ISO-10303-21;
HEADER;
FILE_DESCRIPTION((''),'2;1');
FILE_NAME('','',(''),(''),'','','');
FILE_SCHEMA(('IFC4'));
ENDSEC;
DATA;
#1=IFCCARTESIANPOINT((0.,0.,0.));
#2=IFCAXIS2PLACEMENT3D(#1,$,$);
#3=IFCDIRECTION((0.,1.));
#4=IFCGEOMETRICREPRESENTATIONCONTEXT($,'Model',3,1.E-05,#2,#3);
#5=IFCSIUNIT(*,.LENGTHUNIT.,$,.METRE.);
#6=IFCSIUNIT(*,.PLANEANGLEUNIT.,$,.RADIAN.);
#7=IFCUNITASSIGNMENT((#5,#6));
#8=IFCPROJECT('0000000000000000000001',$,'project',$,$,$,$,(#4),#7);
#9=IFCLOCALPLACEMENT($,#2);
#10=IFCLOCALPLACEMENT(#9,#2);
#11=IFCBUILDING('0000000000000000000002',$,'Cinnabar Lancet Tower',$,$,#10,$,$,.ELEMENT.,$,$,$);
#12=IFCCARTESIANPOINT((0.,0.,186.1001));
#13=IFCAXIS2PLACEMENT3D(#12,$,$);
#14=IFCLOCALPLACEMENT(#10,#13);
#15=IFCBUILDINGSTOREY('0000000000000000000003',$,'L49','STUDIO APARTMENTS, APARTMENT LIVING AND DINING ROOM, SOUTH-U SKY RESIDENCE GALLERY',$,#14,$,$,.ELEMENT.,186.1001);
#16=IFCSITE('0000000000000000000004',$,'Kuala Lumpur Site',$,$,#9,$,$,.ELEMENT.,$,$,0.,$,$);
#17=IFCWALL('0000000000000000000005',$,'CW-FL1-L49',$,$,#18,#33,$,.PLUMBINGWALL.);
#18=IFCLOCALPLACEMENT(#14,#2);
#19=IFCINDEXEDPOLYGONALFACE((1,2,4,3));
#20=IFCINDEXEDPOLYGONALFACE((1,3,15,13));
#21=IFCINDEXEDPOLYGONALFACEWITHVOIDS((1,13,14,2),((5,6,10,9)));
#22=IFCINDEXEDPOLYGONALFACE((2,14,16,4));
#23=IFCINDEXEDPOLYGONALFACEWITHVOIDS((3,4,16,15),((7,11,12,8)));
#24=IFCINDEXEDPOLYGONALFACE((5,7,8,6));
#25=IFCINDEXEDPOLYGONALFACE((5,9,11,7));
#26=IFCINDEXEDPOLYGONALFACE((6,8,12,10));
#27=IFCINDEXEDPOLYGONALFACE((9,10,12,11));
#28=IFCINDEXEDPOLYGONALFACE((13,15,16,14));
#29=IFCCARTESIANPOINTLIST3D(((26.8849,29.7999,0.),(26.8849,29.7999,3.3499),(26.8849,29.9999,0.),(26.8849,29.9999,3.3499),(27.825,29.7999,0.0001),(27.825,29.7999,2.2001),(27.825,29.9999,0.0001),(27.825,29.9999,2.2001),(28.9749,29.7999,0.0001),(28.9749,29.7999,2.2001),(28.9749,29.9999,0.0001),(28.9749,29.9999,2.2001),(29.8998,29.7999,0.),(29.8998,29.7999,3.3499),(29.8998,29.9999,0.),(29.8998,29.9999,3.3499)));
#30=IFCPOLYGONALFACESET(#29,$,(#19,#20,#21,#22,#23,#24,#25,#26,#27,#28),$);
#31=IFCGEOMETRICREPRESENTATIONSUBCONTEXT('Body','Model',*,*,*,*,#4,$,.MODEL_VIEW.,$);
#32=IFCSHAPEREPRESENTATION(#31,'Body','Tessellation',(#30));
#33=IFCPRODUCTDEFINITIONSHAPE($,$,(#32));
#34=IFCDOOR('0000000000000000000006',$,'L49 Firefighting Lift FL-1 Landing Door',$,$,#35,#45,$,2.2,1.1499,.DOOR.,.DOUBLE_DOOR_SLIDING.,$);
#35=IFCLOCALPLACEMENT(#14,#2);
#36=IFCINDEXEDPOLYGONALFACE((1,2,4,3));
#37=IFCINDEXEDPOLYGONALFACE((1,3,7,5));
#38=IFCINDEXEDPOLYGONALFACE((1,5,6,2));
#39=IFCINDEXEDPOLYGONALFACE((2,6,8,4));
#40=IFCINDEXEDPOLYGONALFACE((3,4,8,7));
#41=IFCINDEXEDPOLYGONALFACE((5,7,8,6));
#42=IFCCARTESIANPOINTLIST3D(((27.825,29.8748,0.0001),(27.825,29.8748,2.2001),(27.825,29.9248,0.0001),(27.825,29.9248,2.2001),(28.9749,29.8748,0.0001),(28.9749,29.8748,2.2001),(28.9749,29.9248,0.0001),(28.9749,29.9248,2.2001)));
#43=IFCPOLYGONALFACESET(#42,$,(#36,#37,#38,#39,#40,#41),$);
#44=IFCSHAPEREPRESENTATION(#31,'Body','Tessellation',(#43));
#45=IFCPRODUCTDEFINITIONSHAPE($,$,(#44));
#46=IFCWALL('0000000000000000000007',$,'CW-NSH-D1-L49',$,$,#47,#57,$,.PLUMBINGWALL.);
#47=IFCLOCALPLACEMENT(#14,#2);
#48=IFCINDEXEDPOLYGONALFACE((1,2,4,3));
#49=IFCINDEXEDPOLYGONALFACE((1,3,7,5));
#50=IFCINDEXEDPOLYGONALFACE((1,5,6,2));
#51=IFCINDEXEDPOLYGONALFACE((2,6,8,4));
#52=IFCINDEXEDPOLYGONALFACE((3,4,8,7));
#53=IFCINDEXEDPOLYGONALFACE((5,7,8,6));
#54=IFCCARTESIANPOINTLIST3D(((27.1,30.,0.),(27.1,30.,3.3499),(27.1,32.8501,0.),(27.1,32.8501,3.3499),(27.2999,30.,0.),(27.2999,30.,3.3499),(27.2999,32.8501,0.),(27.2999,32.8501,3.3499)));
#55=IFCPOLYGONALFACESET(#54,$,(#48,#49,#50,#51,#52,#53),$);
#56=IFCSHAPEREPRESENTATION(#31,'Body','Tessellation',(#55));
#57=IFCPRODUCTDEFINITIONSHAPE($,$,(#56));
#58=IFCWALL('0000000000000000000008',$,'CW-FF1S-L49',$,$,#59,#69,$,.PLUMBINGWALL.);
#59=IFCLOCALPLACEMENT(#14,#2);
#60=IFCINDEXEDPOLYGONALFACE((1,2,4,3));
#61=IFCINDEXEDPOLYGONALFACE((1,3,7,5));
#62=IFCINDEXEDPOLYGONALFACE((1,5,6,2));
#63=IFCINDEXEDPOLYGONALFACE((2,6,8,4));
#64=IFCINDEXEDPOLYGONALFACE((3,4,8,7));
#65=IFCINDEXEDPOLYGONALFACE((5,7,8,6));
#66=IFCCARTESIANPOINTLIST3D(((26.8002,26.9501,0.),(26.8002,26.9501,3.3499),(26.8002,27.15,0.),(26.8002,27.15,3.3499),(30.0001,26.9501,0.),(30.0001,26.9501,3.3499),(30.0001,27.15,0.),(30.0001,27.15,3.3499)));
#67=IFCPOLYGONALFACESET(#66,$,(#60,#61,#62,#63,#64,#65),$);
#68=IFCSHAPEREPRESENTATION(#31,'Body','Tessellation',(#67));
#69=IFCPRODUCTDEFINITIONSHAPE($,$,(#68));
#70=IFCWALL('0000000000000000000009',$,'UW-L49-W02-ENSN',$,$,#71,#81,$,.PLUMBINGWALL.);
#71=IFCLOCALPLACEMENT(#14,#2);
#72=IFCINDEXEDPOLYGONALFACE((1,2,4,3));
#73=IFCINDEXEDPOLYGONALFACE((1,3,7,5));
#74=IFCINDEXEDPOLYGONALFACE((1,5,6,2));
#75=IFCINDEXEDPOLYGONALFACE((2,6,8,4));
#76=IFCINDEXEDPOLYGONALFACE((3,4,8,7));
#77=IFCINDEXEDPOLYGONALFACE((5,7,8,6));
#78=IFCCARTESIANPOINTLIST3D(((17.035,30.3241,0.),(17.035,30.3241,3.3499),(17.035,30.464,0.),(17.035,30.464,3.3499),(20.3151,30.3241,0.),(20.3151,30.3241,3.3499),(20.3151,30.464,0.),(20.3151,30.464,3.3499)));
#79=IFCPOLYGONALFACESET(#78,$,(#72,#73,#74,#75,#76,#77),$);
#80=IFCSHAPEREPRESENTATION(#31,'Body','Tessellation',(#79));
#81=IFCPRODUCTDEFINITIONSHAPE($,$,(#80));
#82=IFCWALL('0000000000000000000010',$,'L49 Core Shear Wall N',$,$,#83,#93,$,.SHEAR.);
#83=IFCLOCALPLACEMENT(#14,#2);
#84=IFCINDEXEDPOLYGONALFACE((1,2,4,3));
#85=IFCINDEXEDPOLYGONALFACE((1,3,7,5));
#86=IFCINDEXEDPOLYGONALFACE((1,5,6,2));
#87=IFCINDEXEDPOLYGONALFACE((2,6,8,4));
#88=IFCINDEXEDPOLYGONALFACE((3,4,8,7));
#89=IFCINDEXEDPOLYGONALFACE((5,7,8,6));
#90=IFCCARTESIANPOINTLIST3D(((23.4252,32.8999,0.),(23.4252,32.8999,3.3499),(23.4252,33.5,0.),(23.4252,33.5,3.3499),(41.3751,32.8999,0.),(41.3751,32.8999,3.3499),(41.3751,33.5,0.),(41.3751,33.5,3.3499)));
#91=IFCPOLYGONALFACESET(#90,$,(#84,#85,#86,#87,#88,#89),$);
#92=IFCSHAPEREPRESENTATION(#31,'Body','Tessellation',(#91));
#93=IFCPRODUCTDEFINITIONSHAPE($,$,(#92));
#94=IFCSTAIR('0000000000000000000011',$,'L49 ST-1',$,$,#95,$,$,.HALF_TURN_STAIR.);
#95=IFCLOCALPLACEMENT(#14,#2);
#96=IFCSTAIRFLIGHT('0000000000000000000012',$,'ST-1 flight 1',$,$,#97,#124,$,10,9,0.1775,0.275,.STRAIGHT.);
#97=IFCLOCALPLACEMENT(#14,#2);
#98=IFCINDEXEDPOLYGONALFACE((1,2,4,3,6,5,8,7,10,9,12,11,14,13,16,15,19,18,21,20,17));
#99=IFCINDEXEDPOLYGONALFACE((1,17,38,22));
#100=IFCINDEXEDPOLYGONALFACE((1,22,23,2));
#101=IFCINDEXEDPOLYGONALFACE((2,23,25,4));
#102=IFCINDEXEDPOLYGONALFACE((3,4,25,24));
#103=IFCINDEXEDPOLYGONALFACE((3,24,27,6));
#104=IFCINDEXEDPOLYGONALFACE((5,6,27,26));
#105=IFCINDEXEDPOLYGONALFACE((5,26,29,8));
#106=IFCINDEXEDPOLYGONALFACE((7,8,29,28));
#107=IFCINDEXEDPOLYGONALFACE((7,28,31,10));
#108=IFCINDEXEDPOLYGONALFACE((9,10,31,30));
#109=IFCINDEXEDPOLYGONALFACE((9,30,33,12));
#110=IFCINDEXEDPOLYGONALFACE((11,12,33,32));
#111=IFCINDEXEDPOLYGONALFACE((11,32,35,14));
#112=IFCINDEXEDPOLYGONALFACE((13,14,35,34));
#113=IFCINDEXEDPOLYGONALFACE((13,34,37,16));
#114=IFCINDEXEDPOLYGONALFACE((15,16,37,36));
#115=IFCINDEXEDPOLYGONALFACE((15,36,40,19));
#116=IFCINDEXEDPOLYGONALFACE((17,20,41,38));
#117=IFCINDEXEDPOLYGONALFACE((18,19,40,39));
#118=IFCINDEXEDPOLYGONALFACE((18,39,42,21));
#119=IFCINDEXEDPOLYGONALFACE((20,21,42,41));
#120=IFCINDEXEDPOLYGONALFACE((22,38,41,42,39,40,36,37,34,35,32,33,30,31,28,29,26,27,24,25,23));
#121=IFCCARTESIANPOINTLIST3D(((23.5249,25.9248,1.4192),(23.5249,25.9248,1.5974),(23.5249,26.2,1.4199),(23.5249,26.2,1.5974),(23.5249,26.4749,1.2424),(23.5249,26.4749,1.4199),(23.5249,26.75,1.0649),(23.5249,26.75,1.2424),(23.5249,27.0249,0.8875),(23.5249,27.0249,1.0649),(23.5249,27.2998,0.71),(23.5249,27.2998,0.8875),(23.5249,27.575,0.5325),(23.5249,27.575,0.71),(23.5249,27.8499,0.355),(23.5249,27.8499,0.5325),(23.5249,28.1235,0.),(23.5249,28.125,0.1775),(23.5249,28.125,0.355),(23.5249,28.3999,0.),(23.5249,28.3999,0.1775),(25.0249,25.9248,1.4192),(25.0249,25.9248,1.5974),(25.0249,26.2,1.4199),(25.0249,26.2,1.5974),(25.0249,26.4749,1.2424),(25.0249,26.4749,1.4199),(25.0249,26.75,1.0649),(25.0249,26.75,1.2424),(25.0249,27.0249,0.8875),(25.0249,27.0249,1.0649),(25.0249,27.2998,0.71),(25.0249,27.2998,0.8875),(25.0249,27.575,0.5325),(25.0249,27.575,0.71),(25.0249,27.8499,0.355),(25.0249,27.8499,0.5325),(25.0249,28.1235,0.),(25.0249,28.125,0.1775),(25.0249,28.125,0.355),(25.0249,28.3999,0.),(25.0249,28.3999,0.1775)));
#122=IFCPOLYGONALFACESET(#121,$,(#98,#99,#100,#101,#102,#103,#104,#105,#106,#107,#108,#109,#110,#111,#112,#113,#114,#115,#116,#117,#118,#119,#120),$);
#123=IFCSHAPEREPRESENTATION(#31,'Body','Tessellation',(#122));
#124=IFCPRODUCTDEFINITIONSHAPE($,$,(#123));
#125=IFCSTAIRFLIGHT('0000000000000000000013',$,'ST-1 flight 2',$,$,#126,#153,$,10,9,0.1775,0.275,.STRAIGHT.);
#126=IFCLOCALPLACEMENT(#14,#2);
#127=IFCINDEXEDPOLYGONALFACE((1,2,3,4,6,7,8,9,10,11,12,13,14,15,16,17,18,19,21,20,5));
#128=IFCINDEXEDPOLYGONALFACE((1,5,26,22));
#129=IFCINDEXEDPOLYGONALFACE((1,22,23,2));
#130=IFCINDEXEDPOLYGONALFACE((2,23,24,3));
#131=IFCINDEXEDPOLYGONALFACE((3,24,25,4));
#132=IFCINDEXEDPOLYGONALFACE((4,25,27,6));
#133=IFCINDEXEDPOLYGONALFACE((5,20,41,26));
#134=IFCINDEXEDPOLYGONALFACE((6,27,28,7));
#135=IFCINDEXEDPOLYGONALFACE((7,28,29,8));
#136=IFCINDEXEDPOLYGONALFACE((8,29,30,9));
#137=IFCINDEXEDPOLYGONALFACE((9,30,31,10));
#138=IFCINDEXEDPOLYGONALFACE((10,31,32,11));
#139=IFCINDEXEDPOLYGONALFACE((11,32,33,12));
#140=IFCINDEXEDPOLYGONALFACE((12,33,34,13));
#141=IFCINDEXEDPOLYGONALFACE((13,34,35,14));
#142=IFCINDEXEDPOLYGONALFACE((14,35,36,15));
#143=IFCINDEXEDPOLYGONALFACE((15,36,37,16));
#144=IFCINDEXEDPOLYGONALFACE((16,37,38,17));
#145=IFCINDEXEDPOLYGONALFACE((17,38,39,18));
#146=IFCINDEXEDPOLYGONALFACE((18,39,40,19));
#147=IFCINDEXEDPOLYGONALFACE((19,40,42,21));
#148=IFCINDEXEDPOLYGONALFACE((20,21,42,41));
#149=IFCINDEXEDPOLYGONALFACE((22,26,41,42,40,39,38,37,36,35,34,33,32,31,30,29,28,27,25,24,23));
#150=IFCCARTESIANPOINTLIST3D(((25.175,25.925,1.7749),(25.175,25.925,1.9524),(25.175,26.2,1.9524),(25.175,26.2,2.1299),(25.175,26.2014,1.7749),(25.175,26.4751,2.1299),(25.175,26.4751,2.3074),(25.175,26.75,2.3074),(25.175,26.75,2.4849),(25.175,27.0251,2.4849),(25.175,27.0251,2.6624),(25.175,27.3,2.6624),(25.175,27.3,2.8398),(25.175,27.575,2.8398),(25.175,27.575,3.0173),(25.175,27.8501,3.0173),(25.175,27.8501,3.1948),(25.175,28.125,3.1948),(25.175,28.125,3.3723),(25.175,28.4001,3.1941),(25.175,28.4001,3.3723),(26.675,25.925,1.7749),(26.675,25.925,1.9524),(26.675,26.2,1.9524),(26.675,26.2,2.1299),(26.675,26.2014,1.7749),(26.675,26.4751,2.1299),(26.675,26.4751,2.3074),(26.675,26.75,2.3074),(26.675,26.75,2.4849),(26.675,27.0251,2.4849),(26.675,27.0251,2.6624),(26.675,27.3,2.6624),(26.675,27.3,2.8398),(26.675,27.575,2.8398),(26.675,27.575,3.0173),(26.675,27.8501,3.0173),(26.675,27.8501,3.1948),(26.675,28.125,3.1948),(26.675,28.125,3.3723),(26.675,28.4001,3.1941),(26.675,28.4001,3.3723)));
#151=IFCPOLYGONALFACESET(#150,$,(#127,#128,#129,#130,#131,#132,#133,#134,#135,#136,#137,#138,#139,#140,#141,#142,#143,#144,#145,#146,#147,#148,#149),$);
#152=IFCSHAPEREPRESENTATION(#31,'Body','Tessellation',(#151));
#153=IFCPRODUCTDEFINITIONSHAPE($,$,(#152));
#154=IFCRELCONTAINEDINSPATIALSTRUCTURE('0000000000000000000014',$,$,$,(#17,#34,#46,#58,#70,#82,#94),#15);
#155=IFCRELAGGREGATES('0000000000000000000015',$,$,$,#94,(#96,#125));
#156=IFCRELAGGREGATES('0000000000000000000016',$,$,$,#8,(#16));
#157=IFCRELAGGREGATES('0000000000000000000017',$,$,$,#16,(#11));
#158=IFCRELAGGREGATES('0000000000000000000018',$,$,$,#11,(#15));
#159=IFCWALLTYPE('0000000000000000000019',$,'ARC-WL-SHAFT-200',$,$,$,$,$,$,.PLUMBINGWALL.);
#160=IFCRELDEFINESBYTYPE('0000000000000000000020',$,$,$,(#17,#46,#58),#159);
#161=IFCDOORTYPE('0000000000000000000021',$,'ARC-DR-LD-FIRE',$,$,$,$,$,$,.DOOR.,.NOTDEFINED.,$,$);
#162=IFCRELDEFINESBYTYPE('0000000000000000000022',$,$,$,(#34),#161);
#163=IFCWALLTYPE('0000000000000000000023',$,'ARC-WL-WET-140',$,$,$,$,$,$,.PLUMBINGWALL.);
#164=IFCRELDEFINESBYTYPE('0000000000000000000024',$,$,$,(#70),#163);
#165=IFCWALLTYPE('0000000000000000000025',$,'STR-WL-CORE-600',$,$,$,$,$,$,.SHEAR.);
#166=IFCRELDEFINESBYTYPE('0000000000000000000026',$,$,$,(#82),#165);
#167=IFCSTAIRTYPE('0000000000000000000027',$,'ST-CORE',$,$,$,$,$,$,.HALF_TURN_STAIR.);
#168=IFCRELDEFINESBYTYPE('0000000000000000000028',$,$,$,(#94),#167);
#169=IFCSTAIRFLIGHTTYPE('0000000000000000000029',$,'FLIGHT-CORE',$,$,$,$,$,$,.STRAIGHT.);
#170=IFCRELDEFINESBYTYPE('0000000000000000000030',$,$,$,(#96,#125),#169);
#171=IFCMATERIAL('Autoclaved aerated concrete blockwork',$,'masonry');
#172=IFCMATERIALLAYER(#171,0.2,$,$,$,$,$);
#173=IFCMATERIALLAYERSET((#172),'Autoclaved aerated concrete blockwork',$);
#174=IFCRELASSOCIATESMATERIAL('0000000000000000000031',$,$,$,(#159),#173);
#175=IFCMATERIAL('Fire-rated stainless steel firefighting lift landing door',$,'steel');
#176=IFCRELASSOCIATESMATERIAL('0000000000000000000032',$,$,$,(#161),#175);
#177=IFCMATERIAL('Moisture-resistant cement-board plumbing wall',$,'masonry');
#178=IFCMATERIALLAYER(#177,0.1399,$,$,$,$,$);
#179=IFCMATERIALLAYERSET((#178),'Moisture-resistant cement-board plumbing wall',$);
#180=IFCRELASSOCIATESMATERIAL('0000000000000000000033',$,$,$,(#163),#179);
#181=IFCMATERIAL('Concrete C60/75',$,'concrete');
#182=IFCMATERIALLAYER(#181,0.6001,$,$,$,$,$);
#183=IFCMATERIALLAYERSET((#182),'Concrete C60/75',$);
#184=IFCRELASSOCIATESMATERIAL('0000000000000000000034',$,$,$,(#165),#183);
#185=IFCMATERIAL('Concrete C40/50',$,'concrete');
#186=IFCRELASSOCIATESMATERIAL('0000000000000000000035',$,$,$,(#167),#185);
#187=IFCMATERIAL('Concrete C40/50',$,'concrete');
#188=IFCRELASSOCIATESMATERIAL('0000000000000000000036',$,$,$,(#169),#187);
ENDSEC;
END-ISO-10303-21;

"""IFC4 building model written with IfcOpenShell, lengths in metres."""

from ifc_helpers import new_model, si_unit, direction, frame, frame_2d, origin, place, context, subcontext, project, spatial, polyline, rectangle, outline, extrude, material, layer, layer_set, type_object, element, fill, aggregate, save


model = new_model("IFC4")

# Units and contexts
model_context = context("Model", 3, precision=1e-05, world=origin(), true_north=direction((0.0, 1.0)))
body_context = subcontext(model_context, "Body", "Model", "MODEL_VIEW")
ifc_project = project(units=[si_unit("LENGTHUNIT", "METRE"), si_unit("PLANEANGLEUNIT", "RADIAN")], contexts=[model_context])

# Site, building, storey
site_placement = place(None, origin())
site = spatial("IfcSite", under=ifc_project, at=site_placement, Name="Kuala Lumpur Site", CompositionType="ELEMENT", RefElevation=0.0)
building_placement = place(site_placement, origin())
building = spatial("IfcBuilding", under=site, at=building_placement, Name="Cinnabar Lancet Tower", CompositionType="ELEMENT")
storey_placement = place(building_placement, frame((0.0, 0.0, 186.1001)))
storey = spatial("IfcBuildingStorey", under=building, at=storey_placement, Name="L49", Description="STUDIO APARTMENTS, APARTMENT LIVING AND DINING ROOM, SOUTH-U SKY RESIDENCE GALLERY", CompositionType="ELEMENT", Elevation=186.1001)

# Wall, opening, door
ifc_material_1 = material(Name="Autoclaved aerated concrete blockwork", Category="masonry")
ifc_layer_1 = layer(ifc_material_1, 0.2)
ifc_layer_set_1 = layer_set([ifc_layer_1], Name="Autoclaved aerated concrete blockwork")
wall_type_1 = type_object("IfcWallType", Name="ARC-WL-SHAFT-200", PredefinedType="PLUMBINGWALL", material=ifc_layer_set_1)
wall_1_placement = place(storey_placement, frame((26.885, 29.8999, 0.0), z_axis=(0.0, 0.0, 1.0), x_axis=(1.0, 0.0, 0.0)))
wall_1 = element("IfcWall", 1, at=wall_1_placement, inside=storey, type_object=wall_type_1, Name="CW-FL1-L49", PredefinedType="PLUMBINGWALL", context=body_context, shape_type="SweptSolid", body=[
    extrude(rectangle(XDim=3.0149, YDim=0.2, at=frame_2d((1.5073, 0.0))), origin(), (0.0, 0.0, 1.0), 3.3499),
])
opening_1_placement = place(wall_1_placement, frame((0.9399, 0.0, 0.0)))
opening_1 = element("IfcOpeningElement", 2, at=opening_1_placement, cuts=wall_1, PredefinedType="OPENING", context=body_context, shape_type="SweptSolid", body=[
    extrude(rectangle(XDim=1.1499, YDim=2.2, at=frame_2d((0.575, 1.1001))), frame((0.0, 0.1099, 0.0), z_axis=(0.0, -1.0, 0.0), x_axis=(1.0, 0.0, 0.0)), (0.0, 0.0, 1.0), 0.22),
])
ifc_material_2 = material(Name="Fire-rated stainless steel firefighting lift landing door", Category="steel")
door_type_1 = type_object("IfcDoorType", Name="ARC-DR-LD-FIRE", OperationType="NOTDEFINED", PredefinedType="DOOR", material=ifc_material_2)
door_1_placement = place(opening_1_placement, origin())
door_1 = element("IfcDoor", 3, at=door_1_placement, inside=storey, type_object=door_type_1, Name="L49 Firefighting Lift FL-1 Landing Door", OperationType="DOUBLE_DOOR_SLIDING", OverallHeight=2.2, OverallWidth=1.1499, PredefinedType="DOOR", context=body_context, shape_type="SweptSolid", body=[
    extrude(rectangle(XDim=1.1499, YDim=2.2, at=frame_2d((0.575, 1.1001))), frame((0.0, 0.0249, 0.0), z_axis=(0.0, -1.0, 0.0), x_axis=(1.0, 0.0, 0.0)), (0.0, 0.0, 1.0), 0.05),
])
fill(opening_1, door_1)

# Walls
wall_2_placement = place(storey_placement, frame((27.2, 30.0, 0.0), z_axis=(0.0, 0.0, 1.0), x_axis=(0.0, 1.0, 0.0)))
element("IfcWall", 4, at=wall_2_placement, inside=storey, type_object=wall_type_1, Name="CW-NSH-D1-L49", PredefinedType="PLUMBINGWALL", context=body_context, shape_type="SweptSolid", body=[
    extrude(rectangle(XDim=2.8501, YDim=0.2, at=frame_2d((1.425, 0.0))), origin(), (0.0, 0.0, 1.0), 3.3499),
])
wall_3_placement = place(storey_placement, frame((26.8, 27.05, 0.0), z_axis=(0.0, 0.0, 1.0), x_axis=(1.0, 0.0, 0.0)))
element("IfcWall", 5, at=wall_3_placement, inside=storey, type_object=wall_type_1, Name="CW-FF1S-L49", PredefinedType="PLUMBINGWALL", context=body_context, shape_type="SweptSolid", body=[
    extrude(rectangle(XDim=3.2, YDim=0.2, at=frame_2d((1.6001, 0.0))), origin(), (0.0, 0.0, 1.0), 3.3499),
])
ifc_material_3 = material(Name="Moisture-resistant cement-board plumbing wall", Category="masonry")
ifc_layer_2 = layer(ifc_material_3, 0.1399)
ifc_layer_set_2 = layer_set([ifc_layer_2], Name="Moisture-resistant cement-board plumbing wall")
wall_type_2 = type_object("IfcWallType", Name="ARC-WL-WET-140", PredefinedType="PLUMBINGWALL", material=ifc_layer_set_2)
wall_4_placement = place(storey_placement, frame((17.0349, 30.394, 0.0), z_axis=(0.0, 0.0, 1.0), x_axis=(1.0, 0.0, 0.0)))
element("IfcWall", 6, at=wall_4_placement, inside=storey, type_object=wall_type_2, Name="UW-L49-W02-ENSN", PredefinedType="PLUMBINGWALL", context=body_context, shape_type="SweptSolid", body=[
    extrude(rectangle(XDim=3.28, YDim=0.1399, at=frame_2d((1.6401, 0.0))), origin(), (0.0, 0.0, 1.0), 3.3499),
])
ifc_material_4 = material(Name="Concrete C60/75", Category="concrete")
ifc_layer_3 = layer(ifc_material_4, 0.6001)
ifc_layer_set_3 = layer_set([ifc_layer_3], Name="Concrete C60/75")
wall_type_3 = type_object("IfcWallType", Name="STR-WL-CORE-600", PredefinedType="SHEAR", material=ifc_layer_set_3)
wall_5_placement = place(storey_placement, frame((23.425, 33.2, 0.0), z_axis=(0.0, 0.0, 1.0), x_axis=(1.0, 0.0, 0.0)))
element("IfcWall", 7, at=wall_5_placement, inside=storey, type_object=wall_type_3, Name="L49 Core Shear Wall N", PredefinedType="SHEAR", context=body_context, shape_type="SweptSolid", body=[
    extrude(rectangle(XDim=17.95, YDim=0.6001, at=frame_2d((8.9751, 0.0))), origin(), (0.0, 0.0, 1.0), 3.3499),
])

# Stair, stair flights
ifc_material_5 = material(Name="Concrete C40/50", Category="concrete")
stair_type = type_object("IfcStairType", Name="ST-CORE", PredefinedType="HALF_TURN_STAIR", material=ifc_material_5)
stair_placement = place(storey_placement, origin())
stair = element("IfcStair", 8, at=stair_placement, inside=storey, type_object=stair_type, Name="L49 ST-1", PredefinedType="HALF_TURN_STAIR")
ifc_material_6 = material(Name="Concrete C40/50", Category="concrete")
stair_flight_type = type_object("IfcStairFlightType", Name="FLIGHT-CORE", PredefinedType="STRAIGHT", material=ifc_material_6)
stair_flight_1_placement = place(storey_placement, frame((24.2749, 28.3999, 0.0), z_axis=(0.0, 0.0, 1.0), x_axis=(0.0, -1.0, 0.0)))
stair_flight_1 = element("IfcStairFlight", 9, at=stair_flight_1_placement, type_object=stair_flight_type, Name="ST-1 flight 1", NumberOfRisers=10, NumberOfTreads=9, PredefinedType="STRAIGHT", RiserHeight=0.1775, TreadLength=0.275, context=body_context, shape_type="SweptSolid", body=[
    extrude(outline(polyline([(0.0, 0.0), (0.0, 0.1775), (0.2749, 0.1775), (0.2749, 0.355), (0.55, 0.355), (0.55, 0.5325), (0.825, 0.5325), (0.825, 0.71), (1.1001, 0.71), (1.1001, 0.8875), (1.375, 0.8875), (1.375, 1.0649), (1.6499, 1.0649), (1.6499, 1.2424), (1.925, 1.2424), (1.925, 1.4199), (2.2, 1.4199), (2.2, 1.5974), (2.4751, 1.5974), (2.4751, 1.7749), (2.4751, 1.4192), (0.2764, 0.0), (0.0, 0.0)])), frame((0.0, 0.75, 0.0), z_axis=(0.0, -1.0, 0.0), x_axis=(1.0, 0.0, 0.0)), (0.0, 0.0, 1.0), 1.5),
])
stair_flight_2_placement = place(storey_placement, frame((25.925, 25.925, 1.7749), z_axis=(0.0, 0.0, 1.0), x_axis=(0.0, 1.0, 0.0)))
stair_flight_2 = element("IfcStairFlight", 10, at=stair_flight_2_placement, type_object=stair_flight_type, Name="ST-1 flight 2", NumberOfRisers=10, NumberOfTreads=9, PredefinedType="STRAIGHT", RiserHeight=0.1775, TreadLength=0.275, context=body_context, shape_type="SweptSolid", body=[
    extrude(outline(polyline([(0.0, 0.0), (0.0, 0.1775), (0.2749, 0.1775), (0.2749, 0.355), (0.55, 0.355), (0.55, 0.5325), (0.825, 0.5325), (0.825, 0.71), (1.1001, 0.71), (1.1001, 0.8875), (1.375, 0.8875), (1.375, 1.0649), (1.6499, 1.0649), (1.6499, 1.2424), (1.925, 1.2424), (1.925, 1.4199), (2.2, 1.4199), (2.2, 1.5974), (2.4751, 1.5974), (2.4751, 1.7749), (2.4751, 1.4192), (0.2764, 0.0), (0.0, 0.0)])), frame((0.0, 0.75, 0.0), z_axis=(0.0, -1.0, 0.0), x_axis=(1.0, 0.0, 0.0)), (0.0, 0.0, 1.0), 1.5),
])
aggregate(stair, [stair_flight_1, stair_flight_2])

save(model, "model.ifc")
